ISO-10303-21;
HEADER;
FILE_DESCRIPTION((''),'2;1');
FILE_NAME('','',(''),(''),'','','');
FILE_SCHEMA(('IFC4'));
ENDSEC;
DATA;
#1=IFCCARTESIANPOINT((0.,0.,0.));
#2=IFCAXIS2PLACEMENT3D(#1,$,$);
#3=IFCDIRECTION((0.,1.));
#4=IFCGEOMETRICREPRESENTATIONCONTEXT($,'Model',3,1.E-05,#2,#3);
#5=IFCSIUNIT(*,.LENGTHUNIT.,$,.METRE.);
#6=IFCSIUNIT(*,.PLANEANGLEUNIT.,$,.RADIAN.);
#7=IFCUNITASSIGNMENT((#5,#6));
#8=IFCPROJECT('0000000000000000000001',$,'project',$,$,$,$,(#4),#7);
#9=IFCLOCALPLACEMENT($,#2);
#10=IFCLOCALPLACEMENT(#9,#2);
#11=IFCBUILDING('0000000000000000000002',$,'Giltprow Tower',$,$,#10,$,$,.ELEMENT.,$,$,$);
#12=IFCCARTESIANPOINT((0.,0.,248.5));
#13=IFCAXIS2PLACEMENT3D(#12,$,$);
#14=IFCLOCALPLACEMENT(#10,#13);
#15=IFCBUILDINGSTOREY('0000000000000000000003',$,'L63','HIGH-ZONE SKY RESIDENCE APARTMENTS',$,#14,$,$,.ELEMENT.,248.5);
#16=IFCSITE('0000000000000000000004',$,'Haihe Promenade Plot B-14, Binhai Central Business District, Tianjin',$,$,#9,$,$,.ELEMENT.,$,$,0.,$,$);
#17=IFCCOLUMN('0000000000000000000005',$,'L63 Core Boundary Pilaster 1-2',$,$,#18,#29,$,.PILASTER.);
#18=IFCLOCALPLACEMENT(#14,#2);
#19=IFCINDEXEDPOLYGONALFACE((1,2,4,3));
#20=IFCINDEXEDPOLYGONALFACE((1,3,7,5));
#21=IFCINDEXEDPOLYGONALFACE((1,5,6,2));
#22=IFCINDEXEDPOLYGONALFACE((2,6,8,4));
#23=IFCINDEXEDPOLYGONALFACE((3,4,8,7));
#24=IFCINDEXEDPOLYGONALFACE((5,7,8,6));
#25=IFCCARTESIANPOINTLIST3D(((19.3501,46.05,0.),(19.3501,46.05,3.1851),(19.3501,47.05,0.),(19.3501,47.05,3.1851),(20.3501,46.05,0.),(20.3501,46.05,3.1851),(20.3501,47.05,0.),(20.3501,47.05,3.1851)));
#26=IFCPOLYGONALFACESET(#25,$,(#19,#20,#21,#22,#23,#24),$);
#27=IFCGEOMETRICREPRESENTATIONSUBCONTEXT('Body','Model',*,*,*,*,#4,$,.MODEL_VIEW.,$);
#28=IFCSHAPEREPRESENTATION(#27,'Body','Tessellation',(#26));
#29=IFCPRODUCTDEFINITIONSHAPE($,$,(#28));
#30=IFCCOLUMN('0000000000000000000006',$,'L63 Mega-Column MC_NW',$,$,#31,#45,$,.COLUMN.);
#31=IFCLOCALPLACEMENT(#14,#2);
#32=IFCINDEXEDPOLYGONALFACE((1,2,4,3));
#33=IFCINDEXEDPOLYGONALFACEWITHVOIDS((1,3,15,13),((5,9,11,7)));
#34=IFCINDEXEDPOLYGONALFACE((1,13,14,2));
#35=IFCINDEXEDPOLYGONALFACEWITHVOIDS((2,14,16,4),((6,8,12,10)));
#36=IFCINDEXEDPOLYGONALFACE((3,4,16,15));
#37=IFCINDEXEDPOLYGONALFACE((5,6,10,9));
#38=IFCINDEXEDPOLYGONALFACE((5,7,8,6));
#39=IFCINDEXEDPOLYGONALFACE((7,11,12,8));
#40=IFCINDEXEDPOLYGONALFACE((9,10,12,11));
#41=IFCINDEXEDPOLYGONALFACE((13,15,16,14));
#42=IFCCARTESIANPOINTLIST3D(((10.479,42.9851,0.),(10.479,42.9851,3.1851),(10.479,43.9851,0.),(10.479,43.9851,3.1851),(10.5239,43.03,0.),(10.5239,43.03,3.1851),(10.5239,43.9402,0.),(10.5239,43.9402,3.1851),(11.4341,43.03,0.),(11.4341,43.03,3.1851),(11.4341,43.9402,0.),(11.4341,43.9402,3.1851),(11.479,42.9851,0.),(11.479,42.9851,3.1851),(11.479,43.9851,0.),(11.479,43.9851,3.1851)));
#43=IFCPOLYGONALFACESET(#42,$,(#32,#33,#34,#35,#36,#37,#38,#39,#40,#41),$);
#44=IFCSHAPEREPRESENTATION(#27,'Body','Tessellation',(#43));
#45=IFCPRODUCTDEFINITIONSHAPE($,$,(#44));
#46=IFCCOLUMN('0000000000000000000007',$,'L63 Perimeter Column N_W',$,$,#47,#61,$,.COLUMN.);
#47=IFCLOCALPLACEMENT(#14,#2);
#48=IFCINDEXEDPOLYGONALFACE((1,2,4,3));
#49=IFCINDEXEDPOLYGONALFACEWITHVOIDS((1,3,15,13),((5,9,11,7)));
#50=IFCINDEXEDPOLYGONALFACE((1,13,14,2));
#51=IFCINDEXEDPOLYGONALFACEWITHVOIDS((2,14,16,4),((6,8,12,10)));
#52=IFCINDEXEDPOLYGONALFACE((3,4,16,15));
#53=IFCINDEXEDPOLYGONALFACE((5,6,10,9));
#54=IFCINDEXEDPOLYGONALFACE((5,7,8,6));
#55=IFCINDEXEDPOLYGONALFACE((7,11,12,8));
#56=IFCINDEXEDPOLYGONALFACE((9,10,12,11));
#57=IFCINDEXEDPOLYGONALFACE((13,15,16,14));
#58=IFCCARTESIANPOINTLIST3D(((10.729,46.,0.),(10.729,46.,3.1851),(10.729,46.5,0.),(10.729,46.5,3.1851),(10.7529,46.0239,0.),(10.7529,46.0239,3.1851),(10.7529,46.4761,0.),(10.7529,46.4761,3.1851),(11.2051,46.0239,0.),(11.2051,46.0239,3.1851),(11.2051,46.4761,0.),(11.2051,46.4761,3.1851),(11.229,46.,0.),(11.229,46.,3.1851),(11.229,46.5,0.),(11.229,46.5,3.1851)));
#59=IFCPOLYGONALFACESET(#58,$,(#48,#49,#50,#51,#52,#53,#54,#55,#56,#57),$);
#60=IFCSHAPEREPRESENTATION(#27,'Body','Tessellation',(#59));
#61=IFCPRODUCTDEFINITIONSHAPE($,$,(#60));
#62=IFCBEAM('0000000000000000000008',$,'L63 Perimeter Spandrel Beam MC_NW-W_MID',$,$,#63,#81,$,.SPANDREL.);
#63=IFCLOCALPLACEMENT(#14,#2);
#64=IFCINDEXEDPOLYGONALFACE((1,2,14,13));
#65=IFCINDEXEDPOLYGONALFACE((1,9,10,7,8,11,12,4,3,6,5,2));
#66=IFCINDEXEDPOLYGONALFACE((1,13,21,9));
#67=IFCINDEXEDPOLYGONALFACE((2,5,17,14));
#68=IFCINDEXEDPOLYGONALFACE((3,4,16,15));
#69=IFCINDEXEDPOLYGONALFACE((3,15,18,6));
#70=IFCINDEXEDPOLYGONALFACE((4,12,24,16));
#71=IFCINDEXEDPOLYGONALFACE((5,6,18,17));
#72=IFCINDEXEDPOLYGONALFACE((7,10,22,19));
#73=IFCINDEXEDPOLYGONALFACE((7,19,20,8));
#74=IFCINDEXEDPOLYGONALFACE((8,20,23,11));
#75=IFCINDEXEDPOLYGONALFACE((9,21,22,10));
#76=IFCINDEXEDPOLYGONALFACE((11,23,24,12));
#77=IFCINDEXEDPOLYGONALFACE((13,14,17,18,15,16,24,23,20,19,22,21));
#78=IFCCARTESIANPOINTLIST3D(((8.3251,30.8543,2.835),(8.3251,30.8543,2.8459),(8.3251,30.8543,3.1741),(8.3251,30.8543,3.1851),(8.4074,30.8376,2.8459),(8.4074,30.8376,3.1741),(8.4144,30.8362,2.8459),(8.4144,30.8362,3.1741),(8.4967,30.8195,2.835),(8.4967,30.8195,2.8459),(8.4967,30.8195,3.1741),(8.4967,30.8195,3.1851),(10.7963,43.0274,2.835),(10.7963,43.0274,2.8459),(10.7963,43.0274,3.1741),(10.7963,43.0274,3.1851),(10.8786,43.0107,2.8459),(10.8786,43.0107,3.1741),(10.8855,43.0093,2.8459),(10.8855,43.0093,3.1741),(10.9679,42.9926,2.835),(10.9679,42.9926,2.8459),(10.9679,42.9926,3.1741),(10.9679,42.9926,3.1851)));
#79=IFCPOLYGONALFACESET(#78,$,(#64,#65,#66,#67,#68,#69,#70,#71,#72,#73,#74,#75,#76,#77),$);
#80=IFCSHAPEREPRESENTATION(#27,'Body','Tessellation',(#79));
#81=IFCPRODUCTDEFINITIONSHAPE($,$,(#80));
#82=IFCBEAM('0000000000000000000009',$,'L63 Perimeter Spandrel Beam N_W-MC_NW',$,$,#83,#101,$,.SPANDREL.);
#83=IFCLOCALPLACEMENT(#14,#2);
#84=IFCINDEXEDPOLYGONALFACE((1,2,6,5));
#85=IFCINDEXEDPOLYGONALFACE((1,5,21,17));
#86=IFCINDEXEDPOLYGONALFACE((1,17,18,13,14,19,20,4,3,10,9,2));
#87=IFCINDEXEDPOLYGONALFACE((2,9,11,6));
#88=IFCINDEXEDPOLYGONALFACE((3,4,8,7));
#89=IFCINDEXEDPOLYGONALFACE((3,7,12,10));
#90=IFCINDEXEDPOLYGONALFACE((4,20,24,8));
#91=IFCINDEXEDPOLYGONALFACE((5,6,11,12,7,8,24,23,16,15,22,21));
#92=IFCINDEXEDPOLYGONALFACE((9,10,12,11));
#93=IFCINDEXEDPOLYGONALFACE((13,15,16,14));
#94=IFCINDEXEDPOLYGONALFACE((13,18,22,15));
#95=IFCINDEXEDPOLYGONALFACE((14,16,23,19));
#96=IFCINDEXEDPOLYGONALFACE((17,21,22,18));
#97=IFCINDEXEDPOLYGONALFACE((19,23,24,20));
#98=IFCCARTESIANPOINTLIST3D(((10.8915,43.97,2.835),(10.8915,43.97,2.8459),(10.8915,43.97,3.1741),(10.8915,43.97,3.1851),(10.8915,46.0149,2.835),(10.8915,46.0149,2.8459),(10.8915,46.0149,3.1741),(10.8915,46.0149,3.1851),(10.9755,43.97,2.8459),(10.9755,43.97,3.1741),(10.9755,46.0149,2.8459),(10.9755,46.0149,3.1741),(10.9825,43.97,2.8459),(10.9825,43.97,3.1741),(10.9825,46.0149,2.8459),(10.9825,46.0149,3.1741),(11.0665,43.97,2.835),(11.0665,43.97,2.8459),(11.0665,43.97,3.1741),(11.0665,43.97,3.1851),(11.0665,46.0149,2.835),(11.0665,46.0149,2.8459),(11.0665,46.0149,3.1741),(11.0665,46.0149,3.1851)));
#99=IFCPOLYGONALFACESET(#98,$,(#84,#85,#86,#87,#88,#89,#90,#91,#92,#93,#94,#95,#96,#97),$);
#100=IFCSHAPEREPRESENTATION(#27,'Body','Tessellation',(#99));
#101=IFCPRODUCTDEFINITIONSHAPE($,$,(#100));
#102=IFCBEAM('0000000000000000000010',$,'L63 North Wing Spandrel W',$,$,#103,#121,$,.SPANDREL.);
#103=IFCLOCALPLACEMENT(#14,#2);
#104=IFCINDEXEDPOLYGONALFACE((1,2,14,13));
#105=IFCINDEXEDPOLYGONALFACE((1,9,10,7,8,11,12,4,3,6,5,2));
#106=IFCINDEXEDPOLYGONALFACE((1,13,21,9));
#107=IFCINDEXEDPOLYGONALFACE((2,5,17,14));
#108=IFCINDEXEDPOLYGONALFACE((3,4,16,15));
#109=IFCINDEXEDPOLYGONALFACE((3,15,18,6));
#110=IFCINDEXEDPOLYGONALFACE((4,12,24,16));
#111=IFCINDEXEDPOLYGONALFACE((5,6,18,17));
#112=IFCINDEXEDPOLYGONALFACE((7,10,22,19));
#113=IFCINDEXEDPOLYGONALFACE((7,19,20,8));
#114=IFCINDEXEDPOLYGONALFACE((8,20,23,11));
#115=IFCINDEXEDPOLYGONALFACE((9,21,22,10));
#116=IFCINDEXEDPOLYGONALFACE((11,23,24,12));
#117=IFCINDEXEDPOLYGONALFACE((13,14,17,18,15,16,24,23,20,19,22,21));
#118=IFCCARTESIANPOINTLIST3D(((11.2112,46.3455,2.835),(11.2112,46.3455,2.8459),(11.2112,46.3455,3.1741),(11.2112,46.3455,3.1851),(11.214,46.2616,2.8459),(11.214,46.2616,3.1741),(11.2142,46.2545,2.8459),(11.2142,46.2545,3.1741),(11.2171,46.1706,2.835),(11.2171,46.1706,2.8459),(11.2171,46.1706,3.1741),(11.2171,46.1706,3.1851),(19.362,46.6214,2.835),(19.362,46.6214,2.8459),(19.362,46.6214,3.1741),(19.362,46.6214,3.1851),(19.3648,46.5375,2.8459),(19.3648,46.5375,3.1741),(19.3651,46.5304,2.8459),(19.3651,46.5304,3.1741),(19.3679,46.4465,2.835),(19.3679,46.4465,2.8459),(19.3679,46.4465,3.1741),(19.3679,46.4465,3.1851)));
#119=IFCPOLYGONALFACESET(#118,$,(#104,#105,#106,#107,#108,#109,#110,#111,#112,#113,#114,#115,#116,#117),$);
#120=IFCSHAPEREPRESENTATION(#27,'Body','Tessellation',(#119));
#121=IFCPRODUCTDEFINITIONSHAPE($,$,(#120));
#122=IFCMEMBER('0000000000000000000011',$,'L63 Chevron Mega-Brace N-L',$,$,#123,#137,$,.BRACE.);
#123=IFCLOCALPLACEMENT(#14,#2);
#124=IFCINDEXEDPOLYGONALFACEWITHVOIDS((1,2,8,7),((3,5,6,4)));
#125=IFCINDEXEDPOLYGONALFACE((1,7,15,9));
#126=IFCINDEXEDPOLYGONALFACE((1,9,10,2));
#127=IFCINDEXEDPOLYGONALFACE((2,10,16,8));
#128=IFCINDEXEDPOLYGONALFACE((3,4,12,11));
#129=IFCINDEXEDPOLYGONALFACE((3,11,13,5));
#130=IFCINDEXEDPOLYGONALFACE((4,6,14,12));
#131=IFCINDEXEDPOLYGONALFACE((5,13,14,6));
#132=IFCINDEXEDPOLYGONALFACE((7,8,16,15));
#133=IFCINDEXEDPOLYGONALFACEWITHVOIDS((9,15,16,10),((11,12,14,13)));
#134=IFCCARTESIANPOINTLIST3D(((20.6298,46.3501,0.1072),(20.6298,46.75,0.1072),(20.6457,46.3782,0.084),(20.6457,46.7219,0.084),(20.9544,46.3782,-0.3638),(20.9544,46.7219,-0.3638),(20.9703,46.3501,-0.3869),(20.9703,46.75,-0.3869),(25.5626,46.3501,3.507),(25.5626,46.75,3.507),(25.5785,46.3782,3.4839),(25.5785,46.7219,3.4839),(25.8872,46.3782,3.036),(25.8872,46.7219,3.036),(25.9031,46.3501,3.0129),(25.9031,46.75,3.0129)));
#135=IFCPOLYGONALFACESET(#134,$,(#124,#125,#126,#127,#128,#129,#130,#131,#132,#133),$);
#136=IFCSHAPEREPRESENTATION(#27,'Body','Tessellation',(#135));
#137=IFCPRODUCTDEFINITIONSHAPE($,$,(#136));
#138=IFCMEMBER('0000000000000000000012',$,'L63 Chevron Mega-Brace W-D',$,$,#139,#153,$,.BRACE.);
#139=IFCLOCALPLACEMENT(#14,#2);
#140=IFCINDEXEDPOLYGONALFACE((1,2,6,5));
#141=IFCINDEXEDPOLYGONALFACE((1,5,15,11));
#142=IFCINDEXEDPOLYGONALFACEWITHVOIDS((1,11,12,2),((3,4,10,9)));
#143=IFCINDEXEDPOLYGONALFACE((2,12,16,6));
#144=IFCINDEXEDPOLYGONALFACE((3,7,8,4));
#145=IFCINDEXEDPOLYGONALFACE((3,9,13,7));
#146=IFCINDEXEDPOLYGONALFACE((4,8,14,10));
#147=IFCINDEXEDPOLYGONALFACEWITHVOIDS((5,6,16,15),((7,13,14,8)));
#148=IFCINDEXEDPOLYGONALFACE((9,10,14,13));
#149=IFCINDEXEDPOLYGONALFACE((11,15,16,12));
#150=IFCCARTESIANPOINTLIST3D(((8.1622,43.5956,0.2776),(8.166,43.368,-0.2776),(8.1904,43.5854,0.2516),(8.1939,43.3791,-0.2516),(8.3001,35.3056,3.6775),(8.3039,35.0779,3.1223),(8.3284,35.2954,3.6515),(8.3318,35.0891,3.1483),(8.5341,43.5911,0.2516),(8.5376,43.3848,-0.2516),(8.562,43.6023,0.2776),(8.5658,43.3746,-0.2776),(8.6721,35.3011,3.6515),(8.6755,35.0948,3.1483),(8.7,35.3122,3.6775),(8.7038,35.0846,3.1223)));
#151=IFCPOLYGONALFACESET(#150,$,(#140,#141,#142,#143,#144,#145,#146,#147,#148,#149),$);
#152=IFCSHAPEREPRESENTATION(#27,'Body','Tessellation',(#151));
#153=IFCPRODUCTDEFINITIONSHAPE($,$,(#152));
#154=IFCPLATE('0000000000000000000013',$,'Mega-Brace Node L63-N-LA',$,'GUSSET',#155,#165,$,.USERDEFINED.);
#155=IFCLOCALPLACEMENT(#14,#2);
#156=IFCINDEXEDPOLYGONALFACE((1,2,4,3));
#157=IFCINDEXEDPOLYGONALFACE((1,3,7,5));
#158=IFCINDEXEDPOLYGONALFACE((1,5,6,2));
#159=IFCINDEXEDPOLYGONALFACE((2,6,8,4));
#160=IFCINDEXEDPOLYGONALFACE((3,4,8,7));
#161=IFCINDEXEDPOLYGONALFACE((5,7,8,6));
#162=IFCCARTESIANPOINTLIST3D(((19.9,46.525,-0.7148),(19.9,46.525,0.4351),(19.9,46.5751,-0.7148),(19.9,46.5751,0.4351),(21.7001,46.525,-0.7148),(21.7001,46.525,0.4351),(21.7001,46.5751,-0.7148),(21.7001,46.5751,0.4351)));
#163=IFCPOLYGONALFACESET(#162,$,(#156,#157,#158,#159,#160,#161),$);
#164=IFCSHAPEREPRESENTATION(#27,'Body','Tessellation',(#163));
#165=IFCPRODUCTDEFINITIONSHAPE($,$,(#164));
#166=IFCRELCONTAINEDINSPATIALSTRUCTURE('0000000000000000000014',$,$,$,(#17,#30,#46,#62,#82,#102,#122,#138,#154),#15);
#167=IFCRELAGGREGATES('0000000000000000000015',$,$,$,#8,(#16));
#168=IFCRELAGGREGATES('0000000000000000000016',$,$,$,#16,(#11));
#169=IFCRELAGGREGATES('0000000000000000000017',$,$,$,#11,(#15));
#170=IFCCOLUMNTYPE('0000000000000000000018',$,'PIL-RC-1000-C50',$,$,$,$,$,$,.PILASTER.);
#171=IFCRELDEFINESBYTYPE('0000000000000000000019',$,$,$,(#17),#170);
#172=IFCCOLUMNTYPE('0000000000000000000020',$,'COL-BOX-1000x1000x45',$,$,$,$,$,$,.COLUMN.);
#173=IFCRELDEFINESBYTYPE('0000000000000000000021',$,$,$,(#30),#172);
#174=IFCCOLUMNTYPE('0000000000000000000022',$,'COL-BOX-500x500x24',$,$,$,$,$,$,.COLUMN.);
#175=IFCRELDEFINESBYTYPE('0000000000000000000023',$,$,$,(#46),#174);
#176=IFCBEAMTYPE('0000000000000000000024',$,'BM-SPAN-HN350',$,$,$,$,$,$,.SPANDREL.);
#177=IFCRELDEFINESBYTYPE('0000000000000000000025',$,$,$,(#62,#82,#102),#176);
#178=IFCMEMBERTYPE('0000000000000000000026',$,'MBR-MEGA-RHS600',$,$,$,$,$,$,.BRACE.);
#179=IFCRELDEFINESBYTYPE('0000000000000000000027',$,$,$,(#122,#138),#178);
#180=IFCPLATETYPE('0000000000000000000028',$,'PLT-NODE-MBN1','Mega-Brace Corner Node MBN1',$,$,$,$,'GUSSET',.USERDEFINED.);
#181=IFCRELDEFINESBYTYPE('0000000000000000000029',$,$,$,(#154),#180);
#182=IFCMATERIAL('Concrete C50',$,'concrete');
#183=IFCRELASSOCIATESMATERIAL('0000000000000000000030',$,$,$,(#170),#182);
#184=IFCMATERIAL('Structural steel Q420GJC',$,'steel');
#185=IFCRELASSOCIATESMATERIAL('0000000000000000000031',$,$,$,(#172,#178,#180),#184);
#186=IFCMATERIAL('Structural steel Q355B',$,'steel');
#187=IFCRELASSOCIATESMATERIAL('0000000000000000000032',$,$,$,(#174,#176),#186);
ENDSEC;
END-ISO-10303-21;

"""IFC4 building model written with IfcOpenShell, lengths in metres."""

from ifc_helpers import new_model, si_unit, direction, frame, origin, origin_2d, place, context, subcontext, project, spatial, rectangle, hollow_rectangle, i_section, extrude, source, transform, mapped, material, material_profile, profile_set, type_object, element, save


model = new_model("IFC4")

# Units and contexts
model_context = context("Model", 3, precision=1e-05, world=origin(), true_north=direction((0.0, 1.0)))
body_context = subcontext(model_context, "Body", "Model", "MODEL_VIEW")
ifc_project = project(units=[si_unit("LENGTHUNIT", "METRE"), si_unit("PLANEANGLEUNIT", "RADIAN")], contexts=[model_context])

# Site, building, storey
site_placement = place(None, origin())
site = spatial("IfcSite", under=ifc_project, at=site_placement, Name="Haihe Promenade Plot B-14, Binhai Central Business District, Tianjin", CompositionType="ELEMENT", RefElevation=0.0)
building_placement = place(site_placement, origin())
building = spatial("IfcBuilding", under=site, at=building_placement, Name="Giltprow Tower", CompositionType="ELEMENT")
storey_placement = place(building_placement, frame((0.0, 0.0, 248.5)))
storey = spatial("IfcBuildingStorey", under=building, at=storey_placement, Name="L63", Description="HIGH-ZONE SKY RESIDENCE APARTMENTS", CompositionType="ELEMENT", Elevation=248.5)

# Columns
ifc_material_1 = material(Name="Concrete C50", Category="concrete")
ifc_material_profile_1 = material_profile(ifc_material_1, rectangle(XDim=1.0, YDim=1.0, at=origin_2d()), Name="RC 1000x1000")
ifc_profile_set_1 = profile_set([ifc_material_profile_1], Name="Concrete C50")
column_type_1 = type_object("IfcColumnType", Name="PIL-RC-1000-C50", PredefinedType="PILASTER", material=ifc_profile_set_1)
shared_shape_1 = source(origin(), body_context, "Body", "SweptSolid", [
    extrude(rectangle(XDim=1.0, YDim=1.0, at=origin_2d()), origin(), (0.0, 0.0, 1.0), 3.1851),
])
column_1_placement = place(storey_placement, frame((19.8501, 46.55, 0.0), z_axis=(0.0, 0.0, 1.0), x_axis=(1.0, 0.0, 0.0)))
element("IfcColumn", 1, at=column_1_placement, inside=storey, type_object=column_type_1, Name="L63 Core Boundary Pilaster 1-2", PredefinedType="PILASTER", context=body_context, shape_type="MappedRepresentation", body=[
    mapped(shared_shape_1, transform((0.0, 0.0, 0.0), x_axis=(1.0, 0.0, 0.0), y_axis=(0.0, 1.0, 0.0), z_axis=(0.0, 0.0, 1.0), scale=1.0)),
])
ifc_material_2 = material(Name="Structural steel Q420GJC", Category="steel")
ifc_material_profile_2 = material_profile(ifc_material_2, hollow_rectangle(XDim=1.0, YDim=1.0, WallThickness=0.0449, at=origin_2d()), Name="BOX 1000x1000x45")
ifc_profile_set_2 = profile_set([ifc_material_profile_2], Name="Structural steel Q420GJC")
column_type_2 = type_object("IfcColumnType", Name="COL-BOX-1000x1000x45", PredefinedType="COLUMN", material=ifc_profile_set_2)
shared_shape_2 = source(origin(), body_context, "Body", "SweptSolid", [
    extrude(hollow_rectangle(XDim=1.0, YDim=1.0, WallThickness=0.0449, at=origin_2d()), origin(), (0.0, 0.0, 1.0), 3.1851),
])
column_2_placement = place(storey_placement, frame((10.979, 43.4851, 0.0), z_axis=(0.0, 0.0, 1.0), x_axis=(1.0, 0.0, 0.0)))
element("IfcColumn", 2, at=column_2_placement, inside=storey, type_object=column_type_2, Name="L63 Mega-Column MC_NW", PredefinedType="COLUMN", context=body_context, shape_type="MappedRepresentation", body=[
    mapped(shared_shape_2, transform((0.0, 0.0, 0.0), x_axis=(1.0, 0.0, 0.0), y_axis=(0.0, 1.0, 0.0), z_axis=(0.0, 0.0, 1.0), scale=1.0)),
])
ifc_material_3 = material(Name="Structural steel Q355B", Category="steel")
ifc_material_profile_3 = material_profile(ifc_material_3, hollow_rectangle(XDim=0.5, YDim=0.5, WallThickness=0.0239, at=origin_2d()), Name="BOX 500x500x24")
ifc_profile_set_3 = profile_set([ifc_material_profile_3], Name="Structural steel Q355B")
column_type_3 = type_object("IfcColumnType", Name="COL-BOX-500x500x24", PredefinedType="COLUMN", material=ifc_profile_set_3)
shared_shape_3 = source(origin(), body_context, "Body", "SweptSolid", [
    extrude(hollow_rectangle(XDim=0.5, YDim=0.5, WallThickness=0.0239, at=origin_2d()), origin(), (0.0, 0.0, 1.0), 3.1851),
])
column_3_placement = place(storey_placement, frame((10.979, 46.25, 0.0), z_axis=(0.0, 0.0, 1.0), x_axis=(1.0, 0.0, 0.0)))
element("IfcColumn", 3, at=column_3_placement, inside=storey, type_object=column_type_3, Name="L63 Perimeter Column N_W", PredefinedType="COLUMN", context=body_context, shape_type="MappedRepresentation", body=[
    mapped(shared_shape_3, transform((0.0, 0.0, 0.0), x_axis=(1.0, 0.0, 0.0), y_axis=(0.0, 1.0, 0.0), z_axis=(0.0, 0.0, 1.0), scale=1.0)),
])

# Beams
ifc_material_profile_4 = material_profile(ifc_material_3, i_section(OverallWidth=0.175, OverallDepth=0.3501, WebThickness=0.0071, FlangeThickness=0.011, at=origin_2d()), Name="HN 350x175x7x11")
ifc_profile_set_4 = profile_set([ifc_material_profile_4], Name="Structural steel Q355B")
beam_type = type_object("IfcBeamType", Name="BM-SPAN-HN350", PredefinedType="SPANDREL", material=ifc_profile_set_4)
shared_shape_4 = source(origin(), body_context, "Body", "SweptSolid", [
    extrude(i_section(OverallWidth=0.175, OverallDepth=0.3501, WebThickness=0.0071, FlangeThickness=0.011, at=origin_2d()), origin(), (0.0, 0.0, 1.0), 12.4214),
])
beam_1_placement = place(storey_placement, frame((10.8821, 43.01, 3.01), z_axis=(-0.198946, -0.98001, 0.0), x_axis=(0.98001, -0.198946, 0.0)))
element("IfcBeam", 4, at=beam_1_placement, inside=storey, type_object=beam_type, Name="L63 Perimeter Spandrel Beam MC_NW-W_MID", PredefinedType="SPANDREL", context=body_context, shape_type="MappedRepresentation", body=[
    mapped(shared_shape_4, transform((0.0, 0.0, 0.0), x_axis=(1.0, 0.0, 0.0), y_axis=(0.0, 1.0, 0.0), z_axis=(0.0, 0.0, 1.0), scale=1.0)),
])
shared_shape_5 = source(origin(), body_context, "Body", "SweptSolid", [
    extrude(i_section(OverallWidth=0.175, OverallDepth=0.3501, WebThickness=0.0071, FlangeThickness=0.011, at=origin_2d()), origin(), (0.0, 0.0, 1.0), 2.0449),
])
beam_2_placement = place(storey_placement, frame((10.979, 46.0149, 3.01), z_axis=(0.0, -1.0, 0.0), x_axis=(1.0, 0.0, 0.0)))
element("IfcBeam", 5, at=beam_2_placement, inside=storey, type_object=beam_type, Name="L63 Perimeter Spandrel Beam N_W-MC_NW", PredefinedType="SPANDREL", context=body_context, shape_type="MappedRepresentation", body=[
    mapped(shared_shape_5, transform((0.0, 0.0, 0.0), x_axis=(1.0, 0.0, 0.0), y_axis=(0.0, 1.0, 0.0), z_axis=(0.0, 0.0, 1.0), scale=1.0)),
])
shared_shape_6 = source(origin(), body_context, "Body", "SweptSolid", [
    extrude(i_section(OverallWidth=0.175, OverallDepth=0.3501, WebThickness=0.0071, FlangeThickness=0.011, at=origin_2d()), origin(), (0.0, 0.0, 1.0), 8.1555),
])
beam_3_placement = place(storey_placement, frame((11.2141, 46.2581, 3.01), z_axis=(0.999428, 0.033827, 0.0), x_axis=(-0.033827, 0.999428, 0.0)))
element("IfcBeam", 6, at=beam_3_placement, inside=storey, type_object=beam_type, Name="L63 North Wing Spandrel W", PredefinedType="SPANDREL", context=body_context, shape_type="MappedRepresentation", body=[
    mapped(shared_shape_6, transform((0.0, 0.0, 0.0), x_axis=(1.0, 0.0, 0.0), y_axis=(0.0, 1.0, 0.0), z_axis=(0.0, 0.0, 1.0), scale=1.0)),
])

# Members
ifc_material_profile_5 = material_profile(ifc_material_2, hollow_rectangle(XDim=0.3999, YDim=0.6001, WallThickness=0.0281, at=origin_2d()), Name="RHS 600x400x28")
ifc_profile_set_5 = profile_set([ifc_material_profile_5], Name="Structural steel Q420GJC")
member_type = type_object("IfcMemberType", Name="MBR-MEGA-RHS600", PredefinedType="BRACE", material=ifc_profile_set_5)
shared_shape_7 = source(origin(), body_context, "Body", "SweptSolid", [
    extrude(hollow_rectangle(XDim=0.3999, YDim=0.6001, WallThickness=0.0281, at=origin_2d()), origin(), (0.0, 0.0, 1.0), 5.991),
])
member_1_placement = place(storey_placement, frame((20.8, 46.55, -0.1399), z_axis=(0.823374, 0.0, 0.567499), x_axis=(0.0, 1.0, 0.0)))
element("IfcMember", 7, at=member_1_placement, inside=storey, type_object=member_type, Name="L63 Chevron Mega-Brace N-L", PredefinedType="BRACE", context=body_context, shape_type="MappedRepresentation", body=[
    mapped(shared_shape_7, transform((0.0, 0.0, 0.0), x_axis=(1.0, 0.0, 0.0), y_axis=(0.0, 1.0, 0.0), z_axis=(0.0, 0.0, 1.0), scale=1.0)),
])
shared_shape_8 = source(origin(), body_context, "Body", "SweptSolid", [
    extrude(hollow_rectangle(XDim=0.3999, YDim=0.6001, WallThickness=0.0281, at=origin_2d()), origin(), (0.0, 0.0, 1.0), 8.9612),
])
member_2_placement = place(storey_placement, frame((8.364, 43.4851, 0.0), z_axis=(0.015393, -0.925104, 0.379403), x_axis=(0.999862, 0.016637, 0.0)))
element("IfcMember", 8, at=member_2_placement, inside=storey, type_object=member_type, Name="L63 Chevron Mega-Brace W-D", PredefinedType="BRACE", context=body_context, shape_type="MappedRepresentation", body=[
    mapped(shared_shape_8, transform((0.0, 0.0, 0.0), x_axis=(1.0, 0.0, 0.0), y_axis=(0.0, 1.0, 0.0), z_axis=(0.0, 0.0, 1.0), scale=1.0)),
])

# Plate
plate_type = type_object("IfcPlateType", Name="PLT-NODE-MBN1", Description="Mega-Brace Corner Node MBN1", ElementType="GUSSET", PredefinedType="USERDEFINED", material=ifc_material_2)
shared_shape_9 = source(origin(), body_context, "Body", "SweptSolid", [
    extrude(rectangle(XDim=1.8, YDim=0.05, at=origin_2d()), origin(), (0.0, 0.0, 1.0), 1.1499),
])
plate_placement = place(storey_placement, frame((20.8, 46.55, -0.7148), z_axis=(0.0, 0.0, 1.0), x_axis=(1.0, 0.0, 0.0)))
element("IfcPlate", 9, at=plate_placement, inside=storey, type_object=plate_type, Name="Mega-Brace Node L63-N-LA", ObjectType="GUSSET", PredefinedType="USERDEFINED", context=body_context, shape_type="MappedRepresentation", body=[
    mapped(shared_shape_9, transform((0.0, 0.0, 0.0), x_axis=(1.0, 0.0, 0.0), y_axis=(0.0, 1.0, 0.0), z_axis=(0.0, 0.0, 1.0), scale=1.0)),
])

save(model, "model.ifc")
